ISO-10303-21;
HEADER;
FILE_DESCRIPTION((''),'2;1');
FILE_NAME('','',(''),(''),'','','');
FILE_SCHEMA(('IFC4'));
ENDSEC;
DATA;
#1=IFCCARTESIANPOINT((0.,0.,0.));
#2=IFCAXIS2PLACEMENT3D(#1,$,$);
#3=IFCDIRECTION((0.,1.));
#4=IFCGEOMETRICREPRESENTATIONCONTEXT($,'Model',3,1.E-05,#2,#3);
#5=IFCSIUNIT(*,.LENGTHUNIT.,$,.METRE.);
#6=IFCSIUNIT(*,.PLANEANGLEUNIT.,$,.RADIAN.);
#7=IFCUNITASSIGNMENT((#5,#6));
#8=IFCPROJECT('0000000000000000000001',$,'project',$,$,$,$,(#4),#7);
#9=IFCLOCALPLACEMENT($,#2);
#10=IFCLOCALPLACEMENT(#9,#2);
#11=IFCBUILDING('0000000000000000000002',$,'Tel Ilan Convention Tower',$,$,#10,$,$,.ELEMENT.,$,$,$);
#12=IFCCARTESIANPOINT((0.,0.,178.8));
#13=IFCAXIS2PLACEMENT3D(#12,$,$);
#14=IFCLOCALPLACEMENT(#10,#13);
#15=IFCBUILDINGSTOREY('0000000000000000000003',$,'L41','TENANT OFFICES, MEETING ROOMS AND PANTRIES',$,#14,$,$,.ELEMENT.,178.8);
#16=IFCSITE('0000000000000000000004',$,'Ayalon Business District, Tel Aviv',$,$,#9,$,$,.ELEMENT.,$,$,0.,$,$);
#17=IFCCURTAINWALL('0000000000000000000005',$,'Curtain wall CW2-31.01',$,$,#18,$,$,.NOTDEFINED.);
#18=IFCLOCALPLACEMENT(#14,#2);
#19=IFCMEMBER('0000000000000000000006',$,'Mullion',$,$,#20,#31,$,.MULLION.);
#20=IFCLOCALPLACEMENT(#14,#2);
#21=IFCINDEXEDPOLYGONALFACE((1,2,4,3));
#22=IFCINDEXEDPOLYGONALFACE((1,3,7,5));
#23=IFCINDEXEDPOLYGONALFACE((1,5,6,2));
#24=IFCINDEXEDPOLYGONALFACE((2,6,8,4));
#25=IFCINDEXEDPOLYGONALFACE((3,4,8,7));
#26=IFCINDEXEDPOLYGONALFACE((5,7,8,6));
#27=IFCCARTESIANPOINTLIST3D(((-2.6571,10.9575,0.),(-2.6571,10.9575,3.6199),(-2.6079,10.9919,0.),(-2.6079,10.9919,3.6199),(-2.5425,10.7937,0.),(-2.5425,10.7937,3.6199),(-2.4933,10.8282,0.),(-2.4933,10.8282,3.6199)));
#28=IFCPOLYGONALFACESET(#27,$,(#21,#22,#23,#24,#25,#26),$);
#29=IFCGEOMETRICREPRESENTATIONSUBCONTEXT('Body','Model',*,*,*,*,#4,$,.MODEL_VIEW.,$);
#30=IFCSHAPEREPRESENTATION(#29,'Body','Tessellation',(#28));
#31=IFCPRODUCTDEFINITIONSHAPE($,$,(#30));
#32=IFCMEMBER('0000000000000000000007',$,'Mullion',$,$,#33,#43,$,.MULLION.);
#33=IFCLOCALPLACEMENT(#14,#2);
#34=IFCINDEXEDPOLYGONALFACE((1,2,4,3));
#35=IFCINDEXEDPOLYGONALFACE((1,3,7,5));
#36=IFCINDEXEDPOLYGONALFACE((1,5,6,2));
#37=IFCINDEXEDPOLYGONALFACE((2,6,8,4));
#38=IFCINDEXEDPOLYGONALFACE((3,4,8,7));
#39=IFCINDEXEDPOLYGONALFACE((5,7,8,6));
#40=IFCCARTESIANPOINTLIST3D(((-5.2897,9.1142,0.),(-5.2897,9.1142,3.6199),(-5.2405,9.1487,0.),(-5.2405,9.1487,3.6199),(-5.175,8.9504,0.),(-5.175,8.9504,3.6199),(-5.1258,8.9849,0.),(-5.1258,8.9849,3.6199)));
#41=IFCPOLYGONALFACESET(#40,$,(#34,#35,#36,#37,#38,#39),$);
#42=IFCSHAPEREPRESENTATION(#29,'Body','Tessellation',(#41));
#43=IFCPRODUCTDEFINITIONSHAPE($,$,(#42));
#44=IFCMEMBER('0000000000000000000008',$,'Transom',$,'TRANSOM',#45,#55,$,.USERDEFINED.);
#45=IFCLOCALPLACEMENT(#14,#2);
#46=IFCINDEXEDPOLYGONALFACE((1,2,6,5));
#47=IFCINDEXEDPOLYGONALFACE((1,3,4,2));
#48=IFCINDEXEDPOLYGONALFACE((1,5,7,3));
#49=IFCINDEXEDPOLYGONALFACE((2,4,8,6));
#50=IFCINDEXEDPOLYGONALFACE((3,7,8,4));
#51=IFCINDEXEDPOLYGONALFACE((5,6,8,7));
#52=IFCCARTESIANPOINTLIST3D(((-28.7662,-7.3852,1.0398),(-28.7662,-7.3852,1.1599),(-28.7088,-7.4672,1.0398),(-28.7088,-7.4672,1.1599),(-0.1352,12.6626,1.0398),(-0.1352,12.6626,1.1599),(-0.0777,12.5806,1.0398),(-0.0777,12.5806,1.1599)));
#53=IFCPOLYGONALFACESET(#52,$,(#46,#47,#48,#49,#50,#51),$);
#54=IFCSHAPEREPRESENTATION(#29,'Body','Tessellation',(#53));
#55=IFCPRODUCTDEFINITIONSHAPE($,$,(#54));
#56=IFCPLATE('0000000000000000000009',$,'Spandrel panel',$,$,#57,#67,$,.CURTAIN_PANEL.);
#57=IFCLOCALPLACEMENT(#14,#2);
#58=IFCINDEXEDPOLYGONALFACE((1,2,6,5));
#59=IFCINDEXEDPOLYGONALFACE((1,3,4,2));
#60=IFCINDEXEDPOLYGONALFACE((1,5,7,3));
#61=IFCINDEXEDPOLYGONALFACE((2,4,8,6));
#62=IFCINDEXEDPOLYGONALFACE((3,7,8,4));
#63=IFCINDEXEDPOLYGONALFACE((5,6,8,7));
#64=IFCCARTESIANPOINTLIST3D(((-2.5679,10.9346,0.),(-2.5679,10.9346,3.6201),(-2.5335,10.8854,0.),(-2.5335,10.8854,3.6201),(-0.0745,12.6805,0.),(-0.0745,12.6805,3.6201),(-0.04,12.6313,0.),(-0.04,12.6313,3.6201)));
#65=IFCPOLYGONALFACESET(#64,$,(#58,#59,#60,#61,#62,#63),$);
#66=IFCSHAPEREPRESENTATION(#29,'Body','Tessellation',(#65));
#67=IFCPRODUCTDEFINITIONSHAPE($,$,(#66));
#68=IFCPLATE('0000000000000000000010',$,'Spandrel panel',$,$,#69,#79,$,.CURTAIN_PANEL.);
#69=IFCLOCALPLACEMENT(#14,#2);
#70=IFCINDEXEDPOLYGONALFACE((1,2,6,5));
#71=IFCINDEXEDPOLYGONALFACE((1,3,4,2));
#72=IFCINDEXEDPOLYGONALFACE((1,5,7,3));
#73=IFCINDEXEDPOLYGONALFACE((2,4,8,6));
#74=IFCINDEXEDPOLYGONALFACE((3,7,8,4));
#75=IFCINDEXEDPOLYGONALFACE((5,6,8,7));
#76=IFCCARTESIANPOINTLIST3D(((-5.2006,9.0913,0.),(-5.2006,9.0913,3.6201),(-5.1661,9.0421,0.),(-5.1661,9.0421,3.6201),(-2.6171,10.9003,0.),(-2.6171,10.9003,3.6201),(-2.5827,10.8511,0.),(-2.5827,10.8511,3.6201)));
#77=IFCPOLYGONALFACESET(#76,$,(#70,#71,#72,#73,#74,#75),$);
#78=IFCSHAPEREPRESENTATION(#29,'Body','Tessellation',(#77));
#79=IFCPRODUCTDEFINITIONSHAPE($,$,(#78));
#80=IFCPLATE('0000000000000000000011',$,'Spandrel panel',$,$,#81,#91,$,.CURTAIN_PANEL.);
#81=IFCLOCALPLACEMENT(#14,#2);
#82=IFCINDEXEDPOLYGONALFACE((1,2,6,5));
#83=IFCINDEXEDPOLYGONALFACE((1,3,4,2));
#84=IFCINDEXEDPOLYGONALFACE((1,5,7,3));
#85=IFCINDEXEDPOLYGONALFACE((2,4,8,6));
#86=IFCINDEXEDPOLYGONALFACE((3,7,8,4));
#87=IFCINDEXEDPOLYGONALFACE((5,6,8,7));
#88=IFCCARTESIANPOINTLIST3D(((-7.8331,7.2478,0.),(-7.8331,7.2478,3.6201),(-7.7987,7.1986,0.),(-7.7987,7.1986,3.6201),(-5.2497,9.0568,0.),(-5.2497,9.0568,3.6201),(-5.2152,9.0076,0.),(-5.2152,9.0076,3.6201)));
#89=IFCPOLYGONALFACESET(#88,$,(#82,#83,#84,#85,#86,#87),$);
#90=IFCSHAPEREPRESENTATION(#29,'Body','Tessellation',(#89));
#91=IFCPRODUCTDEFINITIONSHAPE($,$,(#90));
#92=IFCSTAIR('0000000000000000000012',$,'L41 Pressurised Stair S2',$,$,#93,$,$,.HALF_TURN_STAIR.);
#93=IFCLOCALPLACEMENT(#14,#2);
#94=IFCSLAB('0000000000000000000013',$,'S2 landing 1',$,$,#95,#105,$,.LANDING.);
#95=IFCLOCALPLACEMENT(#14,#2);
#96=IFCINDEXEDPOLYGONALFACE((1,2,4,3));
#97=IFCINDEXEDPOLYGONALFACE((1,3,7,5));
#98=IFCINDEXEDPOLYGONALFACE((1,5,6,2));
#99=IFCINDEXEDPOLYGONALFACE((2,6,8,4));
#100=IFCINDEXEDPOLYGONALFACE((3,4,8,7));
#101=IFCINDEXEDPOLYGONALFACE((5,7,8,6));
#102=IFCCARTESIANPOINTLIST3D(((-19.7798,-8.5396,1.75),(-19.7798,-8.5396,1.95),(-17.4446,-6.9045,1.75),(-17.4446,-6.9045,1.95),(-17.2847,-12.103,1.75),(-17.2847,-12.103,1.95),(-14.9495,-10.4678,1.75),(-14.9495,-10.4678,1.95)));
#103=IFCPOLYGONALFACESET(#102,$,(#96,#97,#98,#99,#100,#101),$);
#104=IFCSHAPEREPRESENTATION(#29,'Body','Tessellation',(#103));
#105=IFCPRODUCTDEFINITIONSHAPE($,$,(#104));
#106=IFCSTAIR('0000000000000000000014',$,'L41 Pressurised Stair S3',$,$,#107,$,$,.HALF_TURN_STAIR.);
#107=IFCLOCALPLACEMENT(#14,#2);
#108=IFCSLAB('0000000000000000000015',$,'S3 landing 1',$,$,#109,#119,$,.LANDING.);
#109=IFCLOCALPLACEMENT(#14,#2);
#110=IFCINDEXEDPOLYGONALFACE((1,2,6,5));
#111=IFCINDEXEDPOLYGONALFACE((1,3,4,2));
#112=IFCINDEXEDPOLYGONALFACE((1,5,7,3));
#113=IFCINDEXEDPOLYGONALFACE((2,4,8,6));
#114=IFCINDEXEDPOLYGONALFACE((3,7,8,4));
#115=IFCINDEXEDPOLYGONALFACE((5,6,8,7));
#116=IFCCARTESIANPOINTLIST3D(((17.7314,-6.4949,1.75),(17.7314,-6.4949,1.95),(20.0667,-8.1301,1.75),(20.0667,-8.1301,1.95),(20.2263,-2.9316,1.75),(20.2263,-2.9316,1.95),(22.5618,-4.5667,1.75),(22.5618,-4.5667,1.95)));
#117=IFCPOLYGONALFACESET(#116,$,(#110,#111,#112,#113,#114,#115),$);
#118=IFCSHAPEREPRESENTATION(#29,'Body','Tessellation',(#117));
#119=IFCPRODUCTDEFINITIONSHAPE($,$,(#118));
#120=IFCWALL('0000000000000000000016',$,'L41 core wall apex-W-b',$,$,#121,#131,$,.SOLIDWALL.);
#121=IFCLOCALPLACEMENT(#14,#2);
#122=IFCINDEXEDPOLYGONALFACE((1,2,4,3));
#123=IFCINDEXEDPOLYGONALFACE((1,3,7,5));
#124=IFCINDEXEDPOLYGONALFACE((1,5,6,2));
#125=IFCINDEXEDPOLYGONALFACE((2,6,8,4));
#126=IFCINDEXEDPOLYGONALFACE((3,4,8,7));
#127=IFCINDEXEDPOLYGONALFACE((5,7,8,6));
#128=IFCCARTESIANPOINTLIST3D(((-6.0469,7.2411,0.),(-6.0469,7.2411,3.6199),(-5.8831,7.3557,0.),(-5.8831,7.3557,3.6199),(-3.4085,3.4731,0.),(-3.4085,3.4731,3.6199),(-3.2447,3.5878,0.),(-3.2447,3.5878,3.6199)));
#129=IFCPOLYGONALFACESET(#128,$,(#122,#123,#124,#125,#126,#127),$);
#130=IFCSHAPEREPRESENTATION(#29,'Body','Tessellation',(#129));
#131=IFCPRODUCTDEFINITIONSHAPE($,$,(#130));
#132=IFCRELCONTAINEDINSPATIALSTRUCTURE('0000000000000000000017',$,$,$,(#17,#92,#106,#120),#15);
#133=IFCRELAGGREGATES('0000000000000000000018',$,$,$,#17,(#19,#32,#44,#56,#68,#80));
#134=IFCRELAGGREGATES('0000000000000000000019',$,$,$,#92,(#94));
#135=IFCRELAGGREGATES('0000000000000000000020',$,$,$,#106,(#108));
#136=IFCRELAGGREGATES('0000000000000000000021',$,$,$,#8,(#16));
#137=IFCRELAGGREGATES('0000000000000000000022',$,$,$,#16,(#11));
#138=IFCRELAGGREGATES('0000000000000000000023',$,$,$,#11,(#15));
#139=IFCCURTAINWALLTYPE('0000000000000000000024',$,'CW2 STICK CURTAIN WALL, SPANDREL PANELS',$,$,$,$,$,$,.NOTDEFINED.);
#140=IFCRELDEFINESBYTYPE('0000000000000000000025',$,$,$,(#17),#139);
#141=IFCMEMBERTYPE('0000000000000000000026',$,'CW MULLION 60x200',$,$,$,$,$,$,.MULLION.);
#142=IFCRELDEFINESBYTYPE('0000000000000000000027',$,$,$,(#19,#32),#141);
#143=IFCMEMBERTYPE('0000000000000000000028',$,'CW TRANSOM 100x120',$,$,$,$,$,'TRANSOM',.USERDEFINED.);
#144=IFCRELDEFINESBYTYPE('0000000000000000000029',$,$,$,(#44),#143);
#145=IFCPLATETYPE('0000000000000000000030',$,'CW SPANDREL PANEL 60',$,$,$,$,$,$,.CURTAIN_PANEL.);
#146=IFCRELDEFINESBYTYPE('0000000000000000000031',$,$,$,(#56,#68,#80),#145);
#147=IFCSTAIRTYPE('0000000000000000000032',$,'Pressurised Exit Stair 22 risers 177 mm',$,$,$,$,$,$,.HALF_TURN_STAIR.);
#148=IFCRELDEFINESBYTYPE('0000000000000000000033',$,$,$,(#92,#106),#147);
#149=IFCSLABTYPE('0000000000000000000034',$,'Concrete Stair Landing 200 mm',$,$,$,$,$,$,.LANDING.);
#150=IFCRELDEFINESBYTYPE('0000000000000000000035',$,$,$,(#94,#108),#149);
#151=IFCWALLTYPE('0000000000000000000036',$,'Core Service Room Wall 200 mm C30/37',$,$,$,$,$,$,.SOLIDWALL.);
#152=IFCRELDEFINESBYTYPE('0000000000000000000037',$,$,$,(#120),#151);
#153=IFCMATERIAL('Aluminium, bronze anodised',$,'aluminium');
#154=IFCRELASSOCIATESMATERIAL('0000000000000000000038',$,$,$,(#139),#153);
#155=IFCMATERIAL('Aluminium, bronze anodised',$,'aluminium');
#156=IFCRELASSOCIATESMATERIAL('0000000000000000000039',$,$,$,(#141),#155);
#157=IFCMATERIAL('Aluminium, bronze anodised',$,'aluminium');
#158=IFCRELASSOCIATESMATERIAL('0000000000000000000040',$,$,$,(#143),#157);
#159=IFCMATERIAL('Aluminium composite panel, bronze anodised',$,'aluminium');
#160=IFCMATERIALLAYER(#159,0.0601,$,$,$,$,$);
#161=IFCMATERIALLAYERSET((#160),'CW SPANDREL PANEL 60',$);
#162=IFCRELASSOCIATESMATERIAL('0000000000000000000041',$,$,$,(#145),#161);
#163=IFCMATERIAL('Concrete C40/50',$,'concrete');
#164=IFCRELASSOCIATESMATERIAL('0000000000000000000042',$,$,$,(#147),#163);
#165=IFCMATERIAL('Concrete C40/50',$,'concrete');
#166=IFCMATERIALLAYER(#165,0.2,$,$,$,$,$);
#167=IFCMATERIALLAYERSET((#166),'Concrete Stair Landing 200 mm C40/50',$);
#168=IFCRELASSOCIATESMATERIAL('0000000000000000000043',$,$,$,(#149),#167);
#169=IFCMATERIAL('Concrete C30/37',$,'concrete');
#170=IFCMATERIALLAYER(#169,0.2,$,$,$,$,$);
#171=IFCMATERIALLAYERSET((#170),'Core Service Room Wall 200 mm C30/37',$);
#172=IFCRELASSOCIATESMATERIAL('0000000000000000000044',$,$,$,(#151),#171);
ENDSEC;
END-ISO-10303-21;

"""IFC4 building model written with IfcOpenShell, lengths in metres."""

from ifc_helpers import new_model, si_unit, direction, frame, frame_2d, origin, origin_2d, place, context, subcontext, project, spatial, polyline, rectangle, outline, extrude, material, layer, layer_set, material_profile, profile_set, type_object, element, aggregate, save


model = new_model("IFC4")

# Units and contexts
model_context = context("Model", 3, precision=1e-05, world=origin(), true_north=direction((0.0, 1.0)))
body_context = subcontext(model_context, "Body", "Model", "MODEL_VIEW")
ifc_project = project(units=[si_unit("LENGTHUNIT", "METRE"), si_unit("PLANEANGLEUNIT", "RADIAN")], contexts=[model_context])

# Site, building, storey
site_placement = place(None, origin())
site = spatial("IfcSite", under=ifc_project, at=site_placement, Name="Ayalon Business District, Tel Aviv", CompositionType="ELEMENT", RefElevation=0.0)
building_placement = place(site_placement, origin())
building = spatial("IfcBuilding", under=site, at=building_placement, Name="Tel Ilan Convention Tower", CompositionType="ELEMENT")
storey_placement = place(building_placement, frame((0.0, 0.0, 178.8)))
storey = spatial("IfcBuildingStorey", under=building, at=storey_placement, Name="L41", Description="TENANT OFFICES, MEETING ROOMS AND PANTRIES", CompositionType="ELEMENT", Elevation=178.8)

# Curtain wall, members, plates
ifc_material_1 = material(Name="Aluminium, bronze anodised", Category="aluminium")
curtain_wall_type = type_object("IfcCurtainWallType", Name="CW2 STICK CURTAIN WALL, SPANDREL PANELS", PredefinedType="NOTDEFINED", material=ifc_material_1)
curtain_wall_placement = place(storey_placement, origin())
curtain_wall = element("IfcCurtainWall", 1, at=curtain_wall_placement, inside=storey, type_object=curtain_wall_type, Name="Curtain wall CW2-31.01", PredefinedType="NOTDEFINED")
ifc_material_2 = material(Name="Aluminium, bronze anodised", Category="aluminium")
ifc_material_profile_1 = material_profile(ifc_material_2, rectangle(XDim=0.0601, YDim=0.2, at=origin_2d()), Name="CW MULLION 60x200")
ifc_profile_set_1 = profile_set([ifc_material_profile_1], Name="Aluminium, bronze anodised")
member_type_1 = type_object("IfcMemberType", Name="CW MULLION 60x200", PredefinedType="MULLION", material=ifc_profile_set_1)
member_1_placement = place(storey_placement, frame((-2.5752, 10.8928, 0.0), z_axis=(0.0, 0.0, 1.0), x_axis=(-0.819152, -0.573576, 0.0)))
member_1 = element("IfcMember", 2, at=member_1_placement, type_object=member_type_1, Name="Mullion", PredefinedType="MULLION", context=body_context, shape_type="SweptSolid", body=[
    extrude(rectangle(XDim=0.0601, YDim=0.2, at=origin_2d()), origin(), (0.0, 0.0, 1.0), 3.6199),
])
member_2_placement = place(storey_placement, frame((-5.2078, 9.0496, 0.0), z_axis=(0.0, 0.0, 1.0), x_axis=(-0.819152, -0.573576, 0.0)))
member_2 = element("IfcMember", 3, at=member_2_placement, type_object=member_type_1, Name="Mullion", PredefinedType="MULLION", context=body_context, shape_type="SweptSolid", body=[
    extrude(rectangle(XDim=0.0601, YDim=0.2, at=origin_2d()), origin(), (0.0, 0.0, 1.0), 3.6199),
])
ifc_material_3 = material(Name="Aluminium, bronze anodised", Category="aluminium")
ifc_material_profile_2 = material_profile(ifc_material_3, rectangle(XDim=0.1001, YDim=0.1201, at=origin_2d()), Name="CW TRANSOM 100x120")
ifc_profile_set_2 = profile_set([ifc_material_profile_2], Name="Aluminium, bronze anodised")
member_type_2 = type_object("IfcMemberType", Name="CW TRANSOM 100x120", ElementType="TRANSOM", PredefinedType="USERDEFINED", material=ifc_profile_set_2)
member_3_placement = place(storey_placement, frame((-0.1064, 12.6216, 1.0999), z_axis=(-0.81915, -0.573579, 0.0), x_axis=(0.573579, -0.81915, 0.0)))
member_3 = element("IfcMember", 4, at=member_3_placement, type_object=member_type_2, Name="Transom", ObjectType="TRANSOM", PredefinedType="USERDEFINED", context=body_context, shape_type="SweptSolid", body=[
    extrude(rectangle(XDim=0.1001, YDim=0.1201, at=origin_2d()), origin(), (0.0, 0.0, 1.0), 34.9521),
])
ifc_material_4 = material(Name="Aluminium composite panel, bronze anodised", Category="aluminium")
ifc_layer_1 = layer(ifc_material_4, 0.0601)
ifc_layer_set_1 = layer_set([ifc_layer_1], Name="CW SPANDREL PANEL 60")
plate_type = type_object("IfcPlateType", Name="CW SPANDREL PANEL 60", PredefinedType="CURTAIN_PANEL", material=ifc_layer_set_1)
plate_1_placement = place(storey_placement, frame((-1.304, 11.783, 0.0), z_axis=(0.0, 0.0, 1.0), x_axis=(-0.819152, -0.573576, 0.0)))
plate_1 = element("IfcPlate", 5, at=plate_1_placement, type_object=plate_type, Name="Spandrel panel", PredefinedType="CURTAIN_PANEL", context=body_context, shape_type="SweptSolid", body=[
    extrude(rectangle(XDim=3.0439, YDim=0.0601, at=origin_2d()), origin(), (0.0, 0.0, 1.0), 3.6201),
])
plate_2_placement = place(storey_placement, frame((-3.8916, 9.9712, 0.0), z_axis=(0.0, 0.0, 1.0), x_axis=(-0.819152, -0.573576, 0.0)))
plate_2 = element("IfcPlate", 6, at=plate_2_placement, type_object=plate_type, Name="Spandrel panel", PredefinedType="CURTAIN_PANEL", context=body_context, shape_type="SweptSolid", body=[
    extrude(rectangle(XDim=3.1538, YDim=0.0601, at=origin_2d()), origin(), (0.0, 0.0, 1.0), 3.6201),
])
plate_3_placement = place(storey_placement, frame((-6.5242, 8.1277, 0.0), z_axis=(0.0, 0.0, 1.0), x_axis=(-0.819152, -0.573576, 0.0)))
plate_3 = element("IfcPlate", 7, at=plate_3_placement, type_object=plate_type, Name="Spandrel panel", PredefinedType="CURTAIN_PANEL", context=body_context, shape_type="SweptSolid", body=[
    extrude(rectangle(XDim=3.1538, YDim=0.0601, at=origin_2d()), origin(), (0.0, 0.0, 1.0), 3.6201),
])
aggregate(curtain_wall, [member_1, member_2, member_3, plate_1, plate_2, plate_3])

# Stairs, slabs
ifc_material_5 = material(Name="Concrete C40/50", Category="concrete")
stair_type = type_object("IfcStairType", Name="Pressurised Exit Stair 22 risers 177 mm", PredefinedType="HALF_TURN_STAIR", material=ifc_material_5)
stair_1_placement = place(storey_placement, origin())
stair_1 = element("IfcStair", 8, at=stair_1_placement, inside=storey, type_object=stair_type, Name="L41 Pressurised Stair S2", PredefinedType="HALF_TURN_STAIR")
ifc_material_6 = material(Name="Concrete C40/50", Category="concrete")
ifc_layer_2 = layer(ifc_material_6, 0.2)
ifc_layer_set_2 = layer_set([ifc_layer_2], Name="Concrete Stair Landing 200 mm C40/50")
slab_type = type_object("IfcSlabType", Name="Concrete Stair Landing 200 mm", PredefinedType="LANDING", material=ifc_layer_set_2)
slab_1_placement = place(storey_placement, frame((0.0, 0.0, 1.75)))
slab_1 = element("IfcSlab", 9, at=slab_1_placement, type_object=slab_type, Name="S2 landing 1", PredefinedType="LANDING", context=body_context, shape_type="SweptSolid", body=[
    extrude(outline(polyline([(-17.2847, -12.103), (-14.9495, -10.4678), (-17.4446, -6.9045), (-19.7798, -8.5396), (-17.2847, -12.103)])), origin(), (0.0, 0.0, 1.0), 0.2),
])
aggregate(stair_1, [slab_1])
stair_2_placement = place(storey_placement, origin())
stair_2 = element("IfcStair", 10, at=stair_2_placement, inside=storey, type_object=stair_type, Name="L41 Pressurised Stair S3", PredefinedType="HALF_TURN_STAIR")
slab_2_placement = place(storey_placement, frame((0.0, 0.0, 1.75)))
slab_2 = element("IfcSlab", 11, at=slab_2_placement, type_object=slab_type, Name="S3 landing 1", PredefinedType="LANDING", context=body_context, shape_type="SweptSolid", body=[
    extrude(outline(polyline([(22.5618, -4.5667), (20.2263, -2.9316), (17.7314, -6.4949), (20.0667, -8.1301), (22.5618, -4.5667)])), origin(), (0.0, 0.0, 1.0), 0.2),
])
aggregate(stair_2, [slab_2])

# Wall
ifc_material_7 = material(Name="Concrete C30/37", Category="concrete")
ifc_layer_3 = layer(ifc_material_7, 0.2)
ifc_layer_set_3 = layer_set([ifc_layer_3], Name="Core Service Room Wall 200 mm C30/37")
wall_type_1 = type_object("IfcWallType", Name="Core Service Room Wall 200 mm C30/37", PredefinedType="SOLIDWALL", material=ifc_layer_set_3)
wall_1_placement = place(storey_placement, frame((-3.3267, 3.5305, 0.0), z_axis=(0.0, 0.0, 1.0), x_axis=(-0.573576, 0.819152, 0.0)))
element("IfcWall", 12, at=wall_1_placement, inside=storey, type_object=wall_type_1, Name="L41 core wall apex-W-b", PredefinedType="SOLIDWALL", context=body_context, shape_type="SweptSolid", body=[
    extrude(rectangle(XDim=4.5999, YDim=0.2, at=frame_2d((2.2998, 0.0))), origin(), (0.0, 0.0, 1.0), 3.6199),
])

save(model, "model.ifc")
